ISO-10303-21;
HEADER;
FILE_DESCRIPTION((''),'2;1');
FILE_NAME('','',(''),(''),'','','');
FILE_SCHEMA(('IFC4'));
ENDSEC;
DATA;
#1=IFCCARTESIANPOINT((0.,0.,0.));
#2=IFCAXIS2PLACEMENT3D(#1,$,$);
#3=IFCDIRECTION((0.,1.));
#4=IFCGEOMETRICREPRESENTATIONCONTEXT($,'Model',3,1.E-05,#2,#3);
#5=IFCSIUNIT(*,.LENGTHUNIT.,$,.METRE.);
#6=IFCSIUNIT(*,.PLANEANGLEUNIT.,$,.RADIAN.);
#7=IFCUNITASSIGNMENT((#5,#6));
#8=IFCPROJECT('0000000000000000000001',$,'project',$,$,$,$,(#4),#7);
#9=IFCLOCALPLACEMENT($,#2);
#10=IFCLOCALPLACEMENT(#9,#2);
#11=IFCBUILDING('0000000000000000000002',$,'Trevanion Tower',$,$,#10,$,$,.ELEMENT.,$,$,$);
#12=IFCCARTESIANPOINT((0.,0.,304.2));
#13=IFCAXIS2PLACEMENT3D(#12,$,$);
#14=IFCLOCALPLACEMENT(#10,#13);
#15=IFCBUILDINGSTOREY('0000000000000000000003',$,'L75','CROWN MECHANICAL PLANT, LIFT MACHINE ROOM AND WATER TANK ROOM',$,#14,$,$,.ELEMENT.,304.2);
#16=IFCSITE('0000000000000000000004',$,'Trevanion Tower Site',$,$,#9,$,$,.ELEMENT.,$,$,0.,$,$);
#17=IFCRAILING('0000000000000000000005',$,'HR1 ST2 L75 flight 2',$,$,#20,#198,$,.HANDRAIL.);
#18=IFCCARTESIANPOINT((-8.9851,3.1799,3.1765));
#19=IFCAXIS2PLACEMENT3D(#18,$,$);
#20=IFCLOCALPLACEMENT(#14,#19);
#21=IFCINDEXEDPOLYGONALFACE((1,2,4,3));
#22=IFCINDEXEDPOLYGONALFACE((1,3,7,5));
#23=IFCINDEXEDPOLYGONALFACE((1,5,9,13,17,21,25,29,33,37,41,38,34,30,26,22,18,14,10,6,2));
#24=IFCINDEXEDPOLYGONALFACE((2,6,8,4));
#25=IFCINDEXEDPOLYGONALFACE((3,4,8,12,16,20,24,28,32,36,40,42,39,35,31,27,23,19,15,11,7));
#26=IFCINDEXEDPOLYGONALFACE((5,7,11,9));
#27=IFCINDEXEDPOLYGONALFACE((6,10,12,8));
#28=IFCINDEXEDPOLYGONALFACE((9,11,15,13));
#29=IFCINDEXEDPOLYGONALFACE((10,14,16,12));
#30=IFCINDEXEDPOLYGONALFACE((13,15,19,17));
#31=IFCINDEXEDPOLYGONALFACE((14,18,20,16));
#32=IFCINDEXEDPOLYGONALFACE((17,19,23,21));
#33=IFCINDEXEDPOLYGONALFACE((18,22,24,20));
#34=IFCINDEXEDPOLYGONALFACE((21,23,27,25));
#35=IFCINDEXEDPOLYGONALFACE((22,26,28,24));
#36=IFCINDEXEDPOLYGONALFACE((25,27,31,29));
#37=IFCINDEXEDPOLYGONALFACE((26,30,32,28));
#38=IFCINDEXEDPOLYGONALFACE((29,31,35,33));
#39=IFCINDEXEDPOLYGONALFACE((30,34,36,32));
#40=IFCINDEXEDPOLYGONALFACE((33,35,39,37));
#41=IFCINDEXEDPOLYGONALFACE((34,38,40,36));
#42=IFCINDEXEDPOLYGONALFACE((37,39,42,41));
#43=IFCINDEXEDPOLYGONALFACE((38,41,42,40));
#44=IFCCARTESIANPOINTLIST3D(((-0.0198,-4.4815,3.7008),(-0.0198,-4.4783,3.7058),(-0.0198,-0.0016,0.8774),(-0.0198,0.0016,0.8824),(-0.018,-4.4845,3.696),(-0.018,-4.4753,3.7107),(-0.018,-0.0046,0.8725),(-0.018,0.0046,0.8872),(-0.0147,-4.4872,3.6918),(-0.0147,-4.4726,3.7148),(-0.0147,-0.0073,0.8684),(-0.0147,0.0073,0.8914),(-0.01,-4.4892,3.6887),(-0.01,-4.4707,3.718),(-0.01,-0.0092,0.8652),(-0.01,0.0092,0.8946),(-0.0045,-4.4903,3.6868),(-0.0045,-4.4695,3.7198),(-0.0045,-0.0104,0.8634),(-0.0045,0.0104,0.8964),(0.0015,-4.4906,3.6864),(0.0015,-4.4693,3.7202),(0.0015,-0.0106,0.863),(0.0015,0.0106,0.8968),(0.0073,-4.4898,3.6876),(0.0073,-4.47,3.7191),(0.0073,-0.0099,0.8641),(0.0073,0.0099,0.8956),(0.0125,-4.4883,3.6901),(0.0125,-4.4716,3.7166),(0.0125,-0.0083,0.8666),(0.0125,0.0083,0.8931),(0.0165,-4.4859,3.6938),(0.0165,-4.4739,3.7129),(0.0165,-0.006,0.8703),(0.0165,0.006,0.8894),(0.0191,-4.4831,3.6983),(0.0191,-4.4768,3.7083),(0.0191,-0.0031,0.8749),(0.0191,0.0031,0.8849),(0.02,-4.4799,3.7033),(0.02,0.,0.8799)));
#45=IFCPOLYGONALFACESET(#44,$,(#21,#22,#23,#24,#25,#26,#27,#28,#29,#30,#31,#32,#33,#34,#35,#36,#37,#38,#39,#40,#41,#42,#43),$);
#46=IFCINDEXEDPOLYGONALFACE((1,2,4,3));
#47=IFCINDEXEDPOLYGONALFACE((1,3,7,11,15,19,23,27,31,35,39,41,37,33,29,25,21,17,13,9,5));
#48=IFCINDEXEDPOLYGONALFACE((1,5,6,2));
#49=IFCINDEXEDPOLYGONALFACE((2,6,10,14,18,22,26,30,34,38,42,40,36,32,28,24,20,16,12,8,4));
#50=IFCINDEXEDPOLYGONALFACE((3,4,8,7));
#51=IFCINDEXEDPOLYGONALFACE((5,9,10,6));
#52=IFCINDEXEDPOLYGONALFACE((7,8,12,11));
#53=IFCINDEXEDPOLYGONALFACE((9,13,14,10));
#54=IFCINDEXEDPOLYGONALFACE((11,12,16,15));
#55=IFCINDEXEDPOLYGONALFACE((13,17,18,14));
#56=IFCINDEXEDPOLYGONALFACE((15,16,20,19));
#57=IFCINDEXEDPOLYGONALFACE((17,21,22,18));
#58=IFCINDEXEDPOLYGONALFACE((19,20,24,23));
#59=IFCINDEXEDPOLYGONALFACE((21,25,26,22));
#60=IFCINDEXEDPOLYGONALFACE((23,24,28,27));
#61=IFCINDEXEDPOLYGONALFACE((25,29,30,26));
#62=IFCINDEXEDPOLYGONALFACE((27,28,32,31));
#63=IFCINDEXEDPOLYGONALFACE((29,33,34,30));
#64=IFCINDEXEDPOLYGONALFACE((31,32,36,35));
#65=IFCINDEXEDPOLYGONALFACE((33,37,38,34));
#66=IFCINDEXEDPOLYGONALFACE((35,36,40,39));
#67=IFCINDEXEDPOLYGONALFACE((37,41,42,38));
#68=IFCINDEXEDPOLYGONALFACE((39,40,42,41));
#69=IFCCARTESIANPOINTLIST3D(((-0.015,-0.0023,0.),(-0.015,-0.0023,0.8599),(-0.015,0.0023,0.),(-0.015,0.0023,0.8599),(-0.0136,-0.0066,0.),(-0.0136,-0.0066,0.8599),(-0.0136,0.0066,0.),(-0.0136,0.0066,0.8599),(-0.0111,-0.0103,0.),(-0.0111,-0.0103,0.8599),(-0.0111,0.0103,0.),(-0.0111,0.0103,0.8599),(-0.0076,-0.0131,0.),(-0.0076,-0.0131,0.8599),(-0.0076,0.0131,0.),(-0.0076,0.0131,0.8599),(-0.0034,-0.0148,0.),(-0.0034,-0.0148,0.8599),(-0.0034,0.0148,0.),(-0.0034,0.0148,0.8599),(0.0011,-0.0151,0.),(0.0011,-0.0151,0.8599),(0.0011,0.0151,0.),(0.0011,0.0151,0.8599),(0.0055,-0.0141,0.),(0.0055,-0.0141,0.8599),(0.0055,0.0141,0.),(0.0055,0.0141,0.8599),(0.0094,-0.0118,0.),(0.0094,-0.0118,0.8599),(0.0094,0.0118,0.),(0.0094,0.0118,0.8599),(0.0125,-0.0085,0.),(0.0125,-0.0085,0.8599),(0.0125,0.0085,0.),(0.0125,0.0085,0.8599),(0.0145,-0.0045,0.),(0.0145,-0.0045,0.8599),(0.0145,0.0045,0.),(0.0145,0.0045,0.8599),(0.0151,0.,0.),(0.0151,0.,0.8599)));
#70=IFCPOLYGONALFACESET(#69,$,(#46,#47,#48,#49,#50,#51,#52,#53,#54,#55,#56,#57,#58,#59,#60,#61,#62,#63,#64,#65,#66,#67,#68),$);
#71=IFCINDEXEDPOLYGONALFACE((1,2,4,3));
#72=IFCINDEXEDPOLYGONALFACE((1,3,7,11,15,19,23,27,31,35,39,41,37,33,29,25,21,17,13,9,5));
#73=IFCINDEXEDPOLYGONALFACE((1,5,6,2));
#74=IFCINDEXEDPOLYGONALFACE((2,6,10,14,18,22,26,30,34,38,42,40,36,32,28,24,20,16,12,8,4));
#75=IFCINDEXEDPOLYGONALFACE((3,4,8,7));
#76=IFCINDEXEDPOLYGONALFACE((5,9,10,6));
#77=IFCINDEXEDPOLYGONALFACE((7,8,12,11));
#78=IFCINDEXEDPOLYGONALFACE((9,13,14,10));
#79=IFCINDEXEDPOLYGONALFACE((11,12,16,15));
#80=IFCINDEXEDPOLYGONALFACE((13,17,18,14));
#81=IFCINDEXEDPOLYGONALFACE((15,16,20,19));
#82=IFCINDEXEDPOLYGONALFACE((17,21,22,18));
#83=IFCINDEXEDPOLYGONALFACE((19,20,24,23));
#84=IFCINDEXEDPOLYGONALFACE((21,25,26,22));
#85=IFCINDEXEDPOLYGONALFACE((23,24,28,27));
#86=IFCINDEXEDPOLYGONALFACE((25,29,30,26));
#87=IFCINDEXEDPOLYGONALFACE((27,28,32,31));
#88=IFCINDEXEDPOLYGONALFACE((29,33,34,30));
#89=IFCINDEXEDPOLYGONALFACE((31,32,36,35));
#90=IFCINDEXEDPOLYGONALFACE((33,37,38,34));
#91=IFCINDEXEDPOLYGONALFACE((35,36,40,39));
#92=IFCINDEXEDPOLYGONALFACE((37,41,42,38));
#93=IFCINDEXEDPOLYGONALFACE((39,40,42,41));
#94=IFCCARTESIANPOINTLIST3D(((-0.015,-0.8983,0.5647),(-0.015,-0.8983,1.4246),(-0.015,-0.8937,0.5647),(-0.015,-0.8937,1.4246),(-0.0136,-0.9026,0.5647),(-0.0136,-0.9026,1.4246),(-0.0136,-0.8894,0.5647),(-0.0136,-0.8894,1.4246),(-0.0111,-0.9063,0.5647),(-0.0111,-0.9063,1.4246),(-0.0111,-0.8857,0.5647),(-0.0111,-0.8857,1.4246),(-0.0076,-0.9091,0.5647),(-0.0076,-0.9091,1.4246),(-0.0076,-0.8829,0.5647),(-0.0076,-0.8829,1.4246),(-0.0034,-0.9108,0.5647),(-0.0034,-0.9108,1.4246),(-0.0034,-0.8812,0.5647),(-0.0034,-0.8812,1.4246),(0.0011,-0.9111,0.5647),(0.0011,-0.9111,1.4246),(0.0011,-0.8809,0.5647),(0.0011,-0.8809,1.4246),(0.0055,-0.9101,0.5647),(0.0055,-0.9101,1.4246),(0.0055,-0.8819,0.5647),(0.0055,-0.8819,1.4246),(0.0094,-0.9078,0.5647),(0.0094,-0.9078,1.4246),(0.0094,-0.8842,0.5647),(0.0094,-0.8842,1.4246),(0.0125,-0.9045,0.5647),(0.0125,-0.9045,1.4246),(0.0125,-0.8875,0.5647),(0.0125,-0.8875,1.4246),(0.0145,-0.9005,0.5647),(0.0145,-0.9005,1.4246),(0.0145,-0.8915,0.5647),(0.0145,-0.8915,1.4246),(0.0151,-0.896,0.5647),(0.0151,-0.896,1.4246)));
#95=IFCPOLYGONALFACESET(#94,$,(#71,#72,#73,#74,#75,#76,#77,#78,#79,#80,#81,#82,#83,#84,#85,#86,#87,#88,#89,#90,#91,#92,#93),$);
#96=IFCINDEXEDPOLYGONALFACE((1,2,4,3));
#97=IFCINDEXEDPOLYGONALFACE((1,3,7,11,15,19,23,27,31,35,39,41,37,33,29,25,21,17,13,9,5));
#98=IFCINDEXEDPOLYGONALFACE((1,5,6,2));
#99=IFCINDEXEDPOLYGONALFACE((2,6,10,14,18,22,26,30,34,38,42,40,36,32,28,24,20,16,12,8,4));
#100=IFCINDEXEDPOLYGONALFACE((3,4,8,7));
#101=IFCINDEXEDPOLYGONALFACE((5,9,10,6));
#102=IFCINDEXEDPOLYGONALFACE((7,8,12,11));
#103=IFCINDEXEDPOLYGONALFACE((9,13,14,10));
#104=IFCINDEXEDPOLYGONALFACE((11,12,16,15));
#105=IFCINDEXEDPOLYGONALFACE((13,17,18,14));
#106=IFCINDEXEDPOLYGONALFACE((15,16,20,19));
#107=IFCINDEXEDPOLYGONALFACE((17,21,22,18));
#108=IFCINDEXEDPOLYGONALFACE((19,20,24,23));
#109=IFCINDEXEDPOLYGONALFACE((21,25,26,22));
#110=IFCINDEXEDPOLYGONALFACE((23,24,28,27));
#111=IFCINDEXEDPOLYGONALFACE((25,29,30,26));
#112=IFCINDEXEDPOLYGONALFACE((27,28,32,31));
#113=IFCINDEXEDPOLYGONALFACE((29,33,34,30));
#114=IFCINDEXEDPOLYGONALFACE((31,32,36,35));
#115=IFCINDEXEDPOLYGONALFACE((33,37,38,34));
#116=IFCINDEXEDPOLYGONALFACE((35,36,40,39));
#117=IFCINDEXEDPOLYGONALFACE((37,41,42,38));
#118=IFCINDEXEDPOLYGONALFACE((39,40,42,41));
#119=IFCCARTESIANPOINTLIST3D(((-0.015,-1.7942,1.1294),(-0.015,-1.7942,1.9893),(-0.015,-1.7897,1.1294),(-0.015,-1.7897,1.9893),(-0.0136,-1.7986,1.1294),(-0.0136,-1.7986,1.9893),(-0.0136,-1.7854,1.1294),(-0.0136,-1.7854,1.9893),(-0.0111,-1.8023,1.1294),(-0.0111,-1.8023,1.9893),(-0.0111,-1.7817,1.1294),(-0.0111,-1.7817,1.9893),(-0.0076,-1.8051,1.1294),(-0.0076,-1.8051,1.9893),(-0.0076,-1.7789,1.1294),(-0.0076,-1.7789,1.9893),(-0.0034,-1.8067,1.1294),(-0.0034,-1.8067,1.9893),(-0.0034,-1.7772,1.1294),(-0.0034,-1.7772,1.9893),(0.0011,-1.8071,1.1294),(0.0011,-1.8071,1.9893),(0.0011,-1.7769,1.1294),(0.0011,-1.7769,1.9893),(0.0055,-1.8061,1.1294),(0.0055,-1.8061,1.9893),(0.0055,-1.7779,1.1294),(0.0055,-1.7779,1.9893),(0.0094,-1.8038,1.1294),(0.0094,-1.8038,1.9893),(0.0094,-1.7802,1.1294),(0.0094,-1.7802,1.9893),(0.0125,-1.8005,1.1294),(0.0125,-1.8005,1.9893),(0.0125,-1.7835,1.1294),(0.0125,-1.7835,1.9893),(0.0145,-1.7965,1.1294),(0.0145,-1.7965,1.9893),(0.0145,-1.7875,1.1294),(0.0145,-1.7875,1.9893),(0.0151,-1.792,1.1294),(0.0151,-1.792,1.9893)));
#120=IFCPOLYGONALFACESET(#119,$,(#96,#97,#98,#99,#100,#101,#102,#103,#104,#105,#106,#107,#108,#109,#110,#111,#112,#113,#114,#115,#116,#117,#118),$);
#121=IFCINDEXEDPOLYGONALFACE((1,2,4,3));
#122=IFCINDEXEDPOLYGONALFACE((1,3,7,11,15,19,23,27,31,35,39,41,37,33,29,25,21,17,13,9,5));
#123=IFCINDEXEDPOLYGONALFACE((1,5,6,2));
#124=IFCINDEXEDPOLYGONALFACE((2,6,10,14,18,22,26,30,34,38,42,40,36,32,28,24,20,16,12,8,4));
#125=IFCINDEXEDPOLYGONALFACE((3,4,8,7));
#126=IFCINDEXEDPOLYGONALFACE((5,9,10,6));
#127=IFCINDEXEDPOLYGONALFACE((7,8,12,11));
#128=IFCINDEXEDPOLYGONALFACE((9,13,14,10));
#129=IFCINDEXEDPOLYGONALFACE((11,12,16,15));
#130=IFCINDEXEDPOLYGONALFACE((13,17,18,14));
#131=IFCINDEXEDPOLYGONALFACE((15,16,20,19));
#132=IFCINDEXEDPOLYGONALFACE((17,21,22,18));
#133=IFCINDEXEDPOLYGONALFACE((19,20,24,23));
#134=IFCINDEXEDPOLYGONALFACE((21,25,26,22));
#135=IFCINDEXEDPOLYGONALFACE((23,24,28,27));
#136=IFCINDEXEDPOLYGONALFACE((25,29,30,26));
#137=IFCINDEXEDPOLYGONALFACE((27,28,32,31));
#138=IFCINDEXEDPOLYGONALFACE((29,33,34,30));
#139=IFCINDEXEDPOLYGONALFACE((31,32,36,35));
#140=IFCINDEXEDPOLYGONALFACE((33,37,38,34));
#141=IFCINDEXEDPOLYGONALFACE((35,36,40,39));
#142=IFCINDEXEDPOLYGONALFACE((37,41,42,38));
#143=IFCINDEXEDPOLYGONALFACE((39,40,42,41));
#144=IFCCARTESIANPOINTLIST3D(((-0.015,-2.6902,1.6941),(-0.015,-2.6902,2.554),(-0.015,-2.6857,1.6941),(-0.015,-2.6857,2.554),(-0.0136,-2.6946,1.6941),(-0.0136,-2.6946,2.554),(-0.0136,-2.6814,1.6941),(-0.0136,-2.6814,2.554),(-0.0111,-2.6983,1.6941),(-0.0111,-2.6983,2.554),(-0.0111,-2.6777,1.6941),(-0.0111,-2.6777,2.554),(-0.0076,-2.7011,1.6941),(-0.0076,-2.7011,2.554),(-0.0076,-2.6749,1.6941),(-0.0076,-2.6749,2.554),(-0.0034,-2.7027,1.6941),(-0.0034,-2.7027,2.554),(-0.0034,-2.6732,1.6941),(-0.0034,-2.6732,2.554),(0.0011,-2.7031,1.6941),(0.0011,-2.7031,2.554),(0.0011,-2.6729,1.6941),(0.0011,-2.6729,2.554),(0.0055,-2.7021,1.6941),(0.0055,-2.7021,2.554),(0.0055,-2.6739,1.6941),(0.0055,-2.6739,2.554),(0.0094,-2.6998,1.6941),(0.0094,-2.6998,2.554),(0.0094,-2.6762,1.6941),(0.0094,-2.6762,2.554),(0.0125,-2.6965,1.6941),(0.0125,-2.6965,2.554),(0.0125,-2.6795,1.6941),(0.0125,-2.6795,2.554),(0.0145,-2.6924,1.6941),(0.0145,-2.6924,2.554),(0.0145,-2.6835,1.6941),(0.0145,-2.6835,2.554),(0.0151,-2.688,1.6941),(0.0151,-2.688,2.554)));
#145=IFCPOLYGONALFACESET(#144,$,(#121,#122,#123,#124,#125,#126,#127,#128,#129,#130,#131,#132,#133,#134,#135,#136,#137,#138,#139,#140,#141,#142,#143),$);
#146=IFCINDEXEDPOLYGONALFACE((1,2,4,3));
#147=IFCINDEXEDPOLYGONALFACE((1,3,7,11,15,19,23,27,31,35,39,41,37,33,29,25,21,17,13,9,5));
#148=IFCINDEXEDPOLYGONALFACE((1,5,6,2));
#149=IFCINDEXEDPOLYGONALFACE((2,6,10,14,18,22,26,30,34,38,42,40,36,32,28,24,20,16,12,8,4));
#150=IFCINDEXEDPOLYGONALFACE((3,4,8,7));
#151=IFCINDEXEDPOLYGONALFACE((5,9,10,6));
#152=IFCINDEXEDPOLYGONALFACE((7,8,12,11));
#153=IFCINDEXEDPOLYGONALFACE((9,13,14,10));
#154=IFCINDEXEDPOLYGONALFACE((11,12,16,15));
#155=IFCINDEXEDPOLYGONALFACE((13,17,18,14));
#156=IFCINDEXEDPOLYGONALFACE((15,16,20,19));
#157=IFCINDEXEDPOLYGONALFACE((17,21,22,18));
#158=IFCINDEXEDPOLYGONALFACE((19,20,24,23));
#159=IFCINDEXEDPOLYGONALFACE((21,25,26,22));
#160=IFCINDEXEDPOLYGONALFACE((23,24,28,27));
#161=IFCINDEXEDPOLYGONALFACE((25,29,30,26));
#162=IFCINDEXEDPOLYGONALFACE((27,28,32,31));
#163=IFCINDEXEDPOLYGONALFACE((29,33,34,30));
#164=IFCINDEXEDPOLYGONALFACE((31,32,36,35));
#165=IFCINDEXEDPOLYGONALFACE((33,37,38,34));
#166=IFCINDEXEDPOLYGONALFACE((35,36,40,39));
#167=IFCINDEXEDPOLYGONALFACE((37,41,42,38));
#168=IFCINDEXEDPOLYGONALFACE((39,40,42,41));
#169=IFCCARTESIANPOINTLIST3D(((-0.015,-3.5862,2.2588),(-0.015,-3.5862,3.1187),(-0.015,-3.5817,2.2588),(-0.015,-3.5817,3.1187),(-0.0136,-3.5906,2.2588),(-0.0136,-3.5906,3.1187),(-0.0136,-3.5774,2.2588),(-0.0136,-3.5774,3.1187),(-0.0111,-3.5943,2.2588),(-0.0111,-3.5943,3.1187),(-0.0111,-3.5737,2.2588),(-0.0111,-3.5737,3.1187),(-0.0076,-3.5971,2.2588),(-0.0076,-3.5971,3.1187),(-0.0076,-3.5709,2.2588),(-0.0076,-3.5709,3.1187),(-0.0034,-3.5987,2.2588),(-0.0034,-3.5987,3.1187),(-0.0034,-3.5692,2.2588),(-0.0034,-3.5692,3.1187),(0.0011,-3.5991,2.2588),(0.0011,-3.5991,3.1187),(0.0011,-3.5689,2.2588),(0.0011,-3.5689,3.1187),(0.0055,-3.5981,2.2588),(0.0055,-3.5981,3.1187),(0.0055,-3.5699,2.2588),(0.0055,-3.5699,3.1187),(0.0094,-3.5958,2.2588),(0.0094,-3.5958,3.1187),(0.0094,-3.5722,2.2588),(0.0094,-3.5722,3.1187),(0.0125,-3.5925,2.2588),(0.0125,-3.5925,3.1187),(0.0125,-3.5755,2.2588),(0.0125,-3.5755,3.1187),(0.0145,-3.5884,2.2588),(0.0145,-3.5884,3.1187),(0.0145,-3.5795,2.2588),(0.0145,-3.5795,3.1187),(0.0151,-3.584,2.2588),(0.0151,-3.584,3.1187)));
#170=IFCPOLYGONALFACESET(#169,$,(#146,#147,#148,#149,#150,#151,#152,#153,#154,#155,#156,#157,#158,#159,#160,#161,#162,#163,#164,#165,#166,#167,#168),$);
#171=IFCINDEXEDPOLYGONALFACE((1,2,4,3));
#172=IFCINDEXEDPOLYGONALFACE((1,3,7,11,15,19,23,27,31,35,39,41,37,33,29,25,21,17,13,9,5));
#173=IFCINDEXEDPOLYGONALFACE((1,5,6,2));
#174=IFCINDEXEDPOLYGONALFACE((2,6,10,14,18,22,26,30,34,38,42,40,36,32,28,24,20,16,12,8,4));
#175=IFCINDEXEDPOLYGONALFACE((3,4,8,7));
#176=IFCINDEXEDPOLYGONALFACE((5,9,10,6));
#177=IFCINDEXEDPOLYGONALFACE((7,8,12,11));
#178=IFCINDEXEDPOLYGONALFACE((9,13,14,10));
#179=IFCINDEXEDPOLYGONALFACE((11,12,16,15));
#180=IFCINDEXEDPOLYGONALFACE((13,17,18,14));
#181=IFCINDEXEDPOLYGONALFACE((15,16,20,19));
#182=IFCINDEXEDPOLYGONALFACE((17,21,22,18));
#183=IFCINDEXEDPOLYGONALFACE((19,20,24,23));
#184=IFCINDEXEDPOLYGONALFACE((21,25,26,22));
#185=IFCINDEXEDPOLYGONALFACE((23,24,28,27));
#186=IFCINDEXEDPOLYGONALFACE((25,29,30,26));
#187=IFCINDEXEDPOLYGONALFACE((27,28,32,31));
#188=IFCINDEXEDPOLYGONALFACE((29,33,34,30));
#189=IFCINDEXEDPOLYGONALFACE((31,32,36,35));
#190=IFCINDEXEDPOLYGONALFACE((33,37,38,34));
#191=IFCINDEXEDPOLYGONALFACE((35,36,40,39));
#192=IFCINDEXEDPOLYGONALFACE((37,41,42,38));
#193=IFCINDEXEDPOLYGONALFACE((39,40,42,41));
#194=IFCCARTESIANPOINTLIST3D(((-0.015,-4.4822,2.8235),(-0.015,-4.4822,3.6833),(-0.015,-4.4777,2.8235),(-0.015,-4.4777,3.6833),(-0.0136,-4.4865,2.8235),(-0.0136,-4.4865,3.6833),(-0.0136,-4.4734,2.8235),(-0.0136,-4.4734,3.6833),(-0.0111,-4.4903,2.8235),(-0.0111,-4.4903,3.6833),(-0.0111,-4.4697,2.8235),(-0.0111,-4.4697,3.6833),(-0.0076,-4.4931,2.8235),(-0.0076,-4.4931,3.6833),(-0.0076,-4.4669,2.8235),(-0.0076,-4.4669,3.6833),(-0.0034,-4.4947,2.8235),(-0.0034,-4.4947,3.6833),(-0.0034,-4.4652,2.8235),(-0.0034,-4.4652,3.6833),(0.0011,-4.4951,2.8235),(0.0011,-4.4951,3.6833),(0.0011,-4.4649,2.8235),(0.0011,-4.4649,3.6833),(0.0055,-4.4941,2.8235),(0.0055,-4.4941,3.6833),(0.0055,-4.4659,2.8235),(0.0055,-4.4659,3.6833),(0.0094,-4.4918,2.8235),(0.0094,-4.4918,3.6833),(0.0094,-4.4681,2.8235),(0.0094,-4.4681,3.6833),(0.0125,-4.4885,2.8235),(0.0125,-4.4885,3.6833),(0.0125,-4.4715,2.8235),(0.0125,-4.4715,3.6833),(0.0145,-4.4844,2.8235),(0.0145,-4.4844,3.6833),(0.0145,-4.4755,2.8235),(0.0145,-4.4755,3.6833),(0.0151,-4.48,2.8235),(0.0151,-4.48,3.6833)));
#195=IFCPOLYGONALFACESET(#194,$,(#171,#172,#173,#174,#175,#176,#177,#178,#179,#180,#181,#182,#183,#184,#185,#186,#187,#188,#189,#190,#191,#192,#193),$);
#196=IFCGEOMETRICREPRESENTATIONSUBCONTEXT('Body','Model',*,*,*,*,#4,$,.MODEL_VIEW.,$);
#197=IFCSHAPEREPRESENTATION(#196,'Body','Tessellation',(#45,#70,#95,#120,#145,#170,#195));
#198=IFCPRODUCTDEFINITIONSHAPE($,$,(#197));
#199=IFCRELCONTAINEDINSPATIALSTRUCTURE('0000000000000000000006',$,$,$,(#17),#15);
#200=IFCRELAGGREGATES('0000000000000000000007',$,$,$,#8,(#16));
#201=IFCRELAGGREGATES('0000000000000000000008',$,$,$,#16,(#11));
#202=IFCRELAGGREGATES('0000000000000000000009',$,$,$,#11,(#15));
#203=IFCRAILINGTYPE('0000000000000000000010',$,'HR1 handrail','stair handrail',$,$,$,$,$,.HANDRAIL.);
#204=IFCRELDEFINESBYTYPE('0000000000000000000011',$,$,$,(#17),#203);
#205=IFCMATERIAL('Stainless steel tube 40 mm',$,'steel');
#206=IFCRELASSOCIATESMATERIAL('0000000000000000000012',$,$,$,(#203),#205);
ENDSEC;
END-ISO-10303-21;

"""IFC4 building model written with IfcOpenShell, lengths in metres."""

from ifc_helpers import new_model, si_unit, direction, frame, origin, origin_2d, place, context, subcontext, project, spatial, circle, extrude, material, type_object, element, save


model = new_model("IFC4")

# Units and contexts
model_context = context("Model", 3, precision=1e-05, world=origin(), true_north=direction((0.0, 1.0)))
body_context = subcontext(model_context, "Body", "Model", "MODEL_VIEW")
ifc_project = project(units=[si_unit("LENGTHUNIT", "METRE"), si_unit("PLANEANGLEUNIT", "RADIAN")], contexts=[model_context])

# Site, building, storey
site_placement = place(None, origin())
site = spatial("IfcSite", under=ifc_project, at=site_placement, Name="Trevanion Tower Site", CompositionType="ELEMENT", RefElevation=0.0)
building_placement = place(site_placement, origin())
building = spatial("IfcBuilding", under=site, at=building_placement, Name="Trevanion Tower", CompositionType="ELEMENT")
storey_placement = place(building_placement, frame((0.0, 0.0, 304.2)))
storey = spatial("IfcBuildingStorey", under=building, at=storey_placement, Name="L75", Description="CROWN MECHANICAL PLANT, LIFT MACHINE ROOM AND WATER TANK ROOM", CompositionType="ELEMENT", Elevation=304.2)

# Railing
ifc_material_1 = material(Name="Stainless steel tube 40 mm", Category="steel")
railing_type = type_object("IfcRailingType", Name="HR1 handrail", Description="stair handrail", PredefinedType="HANDRAIL", material=ifc_material_1)
for number, where, name in (
    (1, (-8.9851, 3.1799, 3.1765), "HR1 ST2 L75 flight 2"),
):
    element("IfcRailing", number, at=place(storey_placement, frame(where)), inside=storey, type_object=railing_type, Name=name, PredefinedType="HANDRAIL", context=body_context, shape_type="SweptSolid", body=[
        extrude(circle(Radius=0.02, at=origin_2d()), frame((0.0, 0.0, 0.8799), z_axis=(0.0, -0.845998, 0.533186), x_axis=(1.0, 0.0, 0.0)), (0.0, 0.0, 1.0), 5.2954),
        extrude(circle(Radius=0.0151, at=origin_2d()), origin(), (0.0, 0.0, 1.0), 0.8599),
        extrude(circle(Radius=0.0151, at=origin_2d()), frame((0.0, -0.896, 0.5647)), (0.0, 0.0, 1.0), 0.8599),
        extrude(circle(Radius=0.0151, at=origin_2d()), frame((0.0, -1.792, 1.1294)), (0.0, 0.0, 1.0), 0.8599),
        extrude(circle(Radius=0.0151, at=origin_2d()), frame((0.0, -2.688, 1.6941)), (0.0, 0.0, 1.0), 0.8599),
        extrude(circle(Radius=0.0151, at=origin_2d()), frame((0.0, -3.584, 2.2588)), (0.0, 0.0, 1.0), 0.8599),
        extrude(circle(Radius=0.0151, at=origin_2d()), frame((0.0, -4.48, 2.8235)), (0.0, 0.0, 1.0), 0.8599),
    ])

save(model, "model.ifc")
